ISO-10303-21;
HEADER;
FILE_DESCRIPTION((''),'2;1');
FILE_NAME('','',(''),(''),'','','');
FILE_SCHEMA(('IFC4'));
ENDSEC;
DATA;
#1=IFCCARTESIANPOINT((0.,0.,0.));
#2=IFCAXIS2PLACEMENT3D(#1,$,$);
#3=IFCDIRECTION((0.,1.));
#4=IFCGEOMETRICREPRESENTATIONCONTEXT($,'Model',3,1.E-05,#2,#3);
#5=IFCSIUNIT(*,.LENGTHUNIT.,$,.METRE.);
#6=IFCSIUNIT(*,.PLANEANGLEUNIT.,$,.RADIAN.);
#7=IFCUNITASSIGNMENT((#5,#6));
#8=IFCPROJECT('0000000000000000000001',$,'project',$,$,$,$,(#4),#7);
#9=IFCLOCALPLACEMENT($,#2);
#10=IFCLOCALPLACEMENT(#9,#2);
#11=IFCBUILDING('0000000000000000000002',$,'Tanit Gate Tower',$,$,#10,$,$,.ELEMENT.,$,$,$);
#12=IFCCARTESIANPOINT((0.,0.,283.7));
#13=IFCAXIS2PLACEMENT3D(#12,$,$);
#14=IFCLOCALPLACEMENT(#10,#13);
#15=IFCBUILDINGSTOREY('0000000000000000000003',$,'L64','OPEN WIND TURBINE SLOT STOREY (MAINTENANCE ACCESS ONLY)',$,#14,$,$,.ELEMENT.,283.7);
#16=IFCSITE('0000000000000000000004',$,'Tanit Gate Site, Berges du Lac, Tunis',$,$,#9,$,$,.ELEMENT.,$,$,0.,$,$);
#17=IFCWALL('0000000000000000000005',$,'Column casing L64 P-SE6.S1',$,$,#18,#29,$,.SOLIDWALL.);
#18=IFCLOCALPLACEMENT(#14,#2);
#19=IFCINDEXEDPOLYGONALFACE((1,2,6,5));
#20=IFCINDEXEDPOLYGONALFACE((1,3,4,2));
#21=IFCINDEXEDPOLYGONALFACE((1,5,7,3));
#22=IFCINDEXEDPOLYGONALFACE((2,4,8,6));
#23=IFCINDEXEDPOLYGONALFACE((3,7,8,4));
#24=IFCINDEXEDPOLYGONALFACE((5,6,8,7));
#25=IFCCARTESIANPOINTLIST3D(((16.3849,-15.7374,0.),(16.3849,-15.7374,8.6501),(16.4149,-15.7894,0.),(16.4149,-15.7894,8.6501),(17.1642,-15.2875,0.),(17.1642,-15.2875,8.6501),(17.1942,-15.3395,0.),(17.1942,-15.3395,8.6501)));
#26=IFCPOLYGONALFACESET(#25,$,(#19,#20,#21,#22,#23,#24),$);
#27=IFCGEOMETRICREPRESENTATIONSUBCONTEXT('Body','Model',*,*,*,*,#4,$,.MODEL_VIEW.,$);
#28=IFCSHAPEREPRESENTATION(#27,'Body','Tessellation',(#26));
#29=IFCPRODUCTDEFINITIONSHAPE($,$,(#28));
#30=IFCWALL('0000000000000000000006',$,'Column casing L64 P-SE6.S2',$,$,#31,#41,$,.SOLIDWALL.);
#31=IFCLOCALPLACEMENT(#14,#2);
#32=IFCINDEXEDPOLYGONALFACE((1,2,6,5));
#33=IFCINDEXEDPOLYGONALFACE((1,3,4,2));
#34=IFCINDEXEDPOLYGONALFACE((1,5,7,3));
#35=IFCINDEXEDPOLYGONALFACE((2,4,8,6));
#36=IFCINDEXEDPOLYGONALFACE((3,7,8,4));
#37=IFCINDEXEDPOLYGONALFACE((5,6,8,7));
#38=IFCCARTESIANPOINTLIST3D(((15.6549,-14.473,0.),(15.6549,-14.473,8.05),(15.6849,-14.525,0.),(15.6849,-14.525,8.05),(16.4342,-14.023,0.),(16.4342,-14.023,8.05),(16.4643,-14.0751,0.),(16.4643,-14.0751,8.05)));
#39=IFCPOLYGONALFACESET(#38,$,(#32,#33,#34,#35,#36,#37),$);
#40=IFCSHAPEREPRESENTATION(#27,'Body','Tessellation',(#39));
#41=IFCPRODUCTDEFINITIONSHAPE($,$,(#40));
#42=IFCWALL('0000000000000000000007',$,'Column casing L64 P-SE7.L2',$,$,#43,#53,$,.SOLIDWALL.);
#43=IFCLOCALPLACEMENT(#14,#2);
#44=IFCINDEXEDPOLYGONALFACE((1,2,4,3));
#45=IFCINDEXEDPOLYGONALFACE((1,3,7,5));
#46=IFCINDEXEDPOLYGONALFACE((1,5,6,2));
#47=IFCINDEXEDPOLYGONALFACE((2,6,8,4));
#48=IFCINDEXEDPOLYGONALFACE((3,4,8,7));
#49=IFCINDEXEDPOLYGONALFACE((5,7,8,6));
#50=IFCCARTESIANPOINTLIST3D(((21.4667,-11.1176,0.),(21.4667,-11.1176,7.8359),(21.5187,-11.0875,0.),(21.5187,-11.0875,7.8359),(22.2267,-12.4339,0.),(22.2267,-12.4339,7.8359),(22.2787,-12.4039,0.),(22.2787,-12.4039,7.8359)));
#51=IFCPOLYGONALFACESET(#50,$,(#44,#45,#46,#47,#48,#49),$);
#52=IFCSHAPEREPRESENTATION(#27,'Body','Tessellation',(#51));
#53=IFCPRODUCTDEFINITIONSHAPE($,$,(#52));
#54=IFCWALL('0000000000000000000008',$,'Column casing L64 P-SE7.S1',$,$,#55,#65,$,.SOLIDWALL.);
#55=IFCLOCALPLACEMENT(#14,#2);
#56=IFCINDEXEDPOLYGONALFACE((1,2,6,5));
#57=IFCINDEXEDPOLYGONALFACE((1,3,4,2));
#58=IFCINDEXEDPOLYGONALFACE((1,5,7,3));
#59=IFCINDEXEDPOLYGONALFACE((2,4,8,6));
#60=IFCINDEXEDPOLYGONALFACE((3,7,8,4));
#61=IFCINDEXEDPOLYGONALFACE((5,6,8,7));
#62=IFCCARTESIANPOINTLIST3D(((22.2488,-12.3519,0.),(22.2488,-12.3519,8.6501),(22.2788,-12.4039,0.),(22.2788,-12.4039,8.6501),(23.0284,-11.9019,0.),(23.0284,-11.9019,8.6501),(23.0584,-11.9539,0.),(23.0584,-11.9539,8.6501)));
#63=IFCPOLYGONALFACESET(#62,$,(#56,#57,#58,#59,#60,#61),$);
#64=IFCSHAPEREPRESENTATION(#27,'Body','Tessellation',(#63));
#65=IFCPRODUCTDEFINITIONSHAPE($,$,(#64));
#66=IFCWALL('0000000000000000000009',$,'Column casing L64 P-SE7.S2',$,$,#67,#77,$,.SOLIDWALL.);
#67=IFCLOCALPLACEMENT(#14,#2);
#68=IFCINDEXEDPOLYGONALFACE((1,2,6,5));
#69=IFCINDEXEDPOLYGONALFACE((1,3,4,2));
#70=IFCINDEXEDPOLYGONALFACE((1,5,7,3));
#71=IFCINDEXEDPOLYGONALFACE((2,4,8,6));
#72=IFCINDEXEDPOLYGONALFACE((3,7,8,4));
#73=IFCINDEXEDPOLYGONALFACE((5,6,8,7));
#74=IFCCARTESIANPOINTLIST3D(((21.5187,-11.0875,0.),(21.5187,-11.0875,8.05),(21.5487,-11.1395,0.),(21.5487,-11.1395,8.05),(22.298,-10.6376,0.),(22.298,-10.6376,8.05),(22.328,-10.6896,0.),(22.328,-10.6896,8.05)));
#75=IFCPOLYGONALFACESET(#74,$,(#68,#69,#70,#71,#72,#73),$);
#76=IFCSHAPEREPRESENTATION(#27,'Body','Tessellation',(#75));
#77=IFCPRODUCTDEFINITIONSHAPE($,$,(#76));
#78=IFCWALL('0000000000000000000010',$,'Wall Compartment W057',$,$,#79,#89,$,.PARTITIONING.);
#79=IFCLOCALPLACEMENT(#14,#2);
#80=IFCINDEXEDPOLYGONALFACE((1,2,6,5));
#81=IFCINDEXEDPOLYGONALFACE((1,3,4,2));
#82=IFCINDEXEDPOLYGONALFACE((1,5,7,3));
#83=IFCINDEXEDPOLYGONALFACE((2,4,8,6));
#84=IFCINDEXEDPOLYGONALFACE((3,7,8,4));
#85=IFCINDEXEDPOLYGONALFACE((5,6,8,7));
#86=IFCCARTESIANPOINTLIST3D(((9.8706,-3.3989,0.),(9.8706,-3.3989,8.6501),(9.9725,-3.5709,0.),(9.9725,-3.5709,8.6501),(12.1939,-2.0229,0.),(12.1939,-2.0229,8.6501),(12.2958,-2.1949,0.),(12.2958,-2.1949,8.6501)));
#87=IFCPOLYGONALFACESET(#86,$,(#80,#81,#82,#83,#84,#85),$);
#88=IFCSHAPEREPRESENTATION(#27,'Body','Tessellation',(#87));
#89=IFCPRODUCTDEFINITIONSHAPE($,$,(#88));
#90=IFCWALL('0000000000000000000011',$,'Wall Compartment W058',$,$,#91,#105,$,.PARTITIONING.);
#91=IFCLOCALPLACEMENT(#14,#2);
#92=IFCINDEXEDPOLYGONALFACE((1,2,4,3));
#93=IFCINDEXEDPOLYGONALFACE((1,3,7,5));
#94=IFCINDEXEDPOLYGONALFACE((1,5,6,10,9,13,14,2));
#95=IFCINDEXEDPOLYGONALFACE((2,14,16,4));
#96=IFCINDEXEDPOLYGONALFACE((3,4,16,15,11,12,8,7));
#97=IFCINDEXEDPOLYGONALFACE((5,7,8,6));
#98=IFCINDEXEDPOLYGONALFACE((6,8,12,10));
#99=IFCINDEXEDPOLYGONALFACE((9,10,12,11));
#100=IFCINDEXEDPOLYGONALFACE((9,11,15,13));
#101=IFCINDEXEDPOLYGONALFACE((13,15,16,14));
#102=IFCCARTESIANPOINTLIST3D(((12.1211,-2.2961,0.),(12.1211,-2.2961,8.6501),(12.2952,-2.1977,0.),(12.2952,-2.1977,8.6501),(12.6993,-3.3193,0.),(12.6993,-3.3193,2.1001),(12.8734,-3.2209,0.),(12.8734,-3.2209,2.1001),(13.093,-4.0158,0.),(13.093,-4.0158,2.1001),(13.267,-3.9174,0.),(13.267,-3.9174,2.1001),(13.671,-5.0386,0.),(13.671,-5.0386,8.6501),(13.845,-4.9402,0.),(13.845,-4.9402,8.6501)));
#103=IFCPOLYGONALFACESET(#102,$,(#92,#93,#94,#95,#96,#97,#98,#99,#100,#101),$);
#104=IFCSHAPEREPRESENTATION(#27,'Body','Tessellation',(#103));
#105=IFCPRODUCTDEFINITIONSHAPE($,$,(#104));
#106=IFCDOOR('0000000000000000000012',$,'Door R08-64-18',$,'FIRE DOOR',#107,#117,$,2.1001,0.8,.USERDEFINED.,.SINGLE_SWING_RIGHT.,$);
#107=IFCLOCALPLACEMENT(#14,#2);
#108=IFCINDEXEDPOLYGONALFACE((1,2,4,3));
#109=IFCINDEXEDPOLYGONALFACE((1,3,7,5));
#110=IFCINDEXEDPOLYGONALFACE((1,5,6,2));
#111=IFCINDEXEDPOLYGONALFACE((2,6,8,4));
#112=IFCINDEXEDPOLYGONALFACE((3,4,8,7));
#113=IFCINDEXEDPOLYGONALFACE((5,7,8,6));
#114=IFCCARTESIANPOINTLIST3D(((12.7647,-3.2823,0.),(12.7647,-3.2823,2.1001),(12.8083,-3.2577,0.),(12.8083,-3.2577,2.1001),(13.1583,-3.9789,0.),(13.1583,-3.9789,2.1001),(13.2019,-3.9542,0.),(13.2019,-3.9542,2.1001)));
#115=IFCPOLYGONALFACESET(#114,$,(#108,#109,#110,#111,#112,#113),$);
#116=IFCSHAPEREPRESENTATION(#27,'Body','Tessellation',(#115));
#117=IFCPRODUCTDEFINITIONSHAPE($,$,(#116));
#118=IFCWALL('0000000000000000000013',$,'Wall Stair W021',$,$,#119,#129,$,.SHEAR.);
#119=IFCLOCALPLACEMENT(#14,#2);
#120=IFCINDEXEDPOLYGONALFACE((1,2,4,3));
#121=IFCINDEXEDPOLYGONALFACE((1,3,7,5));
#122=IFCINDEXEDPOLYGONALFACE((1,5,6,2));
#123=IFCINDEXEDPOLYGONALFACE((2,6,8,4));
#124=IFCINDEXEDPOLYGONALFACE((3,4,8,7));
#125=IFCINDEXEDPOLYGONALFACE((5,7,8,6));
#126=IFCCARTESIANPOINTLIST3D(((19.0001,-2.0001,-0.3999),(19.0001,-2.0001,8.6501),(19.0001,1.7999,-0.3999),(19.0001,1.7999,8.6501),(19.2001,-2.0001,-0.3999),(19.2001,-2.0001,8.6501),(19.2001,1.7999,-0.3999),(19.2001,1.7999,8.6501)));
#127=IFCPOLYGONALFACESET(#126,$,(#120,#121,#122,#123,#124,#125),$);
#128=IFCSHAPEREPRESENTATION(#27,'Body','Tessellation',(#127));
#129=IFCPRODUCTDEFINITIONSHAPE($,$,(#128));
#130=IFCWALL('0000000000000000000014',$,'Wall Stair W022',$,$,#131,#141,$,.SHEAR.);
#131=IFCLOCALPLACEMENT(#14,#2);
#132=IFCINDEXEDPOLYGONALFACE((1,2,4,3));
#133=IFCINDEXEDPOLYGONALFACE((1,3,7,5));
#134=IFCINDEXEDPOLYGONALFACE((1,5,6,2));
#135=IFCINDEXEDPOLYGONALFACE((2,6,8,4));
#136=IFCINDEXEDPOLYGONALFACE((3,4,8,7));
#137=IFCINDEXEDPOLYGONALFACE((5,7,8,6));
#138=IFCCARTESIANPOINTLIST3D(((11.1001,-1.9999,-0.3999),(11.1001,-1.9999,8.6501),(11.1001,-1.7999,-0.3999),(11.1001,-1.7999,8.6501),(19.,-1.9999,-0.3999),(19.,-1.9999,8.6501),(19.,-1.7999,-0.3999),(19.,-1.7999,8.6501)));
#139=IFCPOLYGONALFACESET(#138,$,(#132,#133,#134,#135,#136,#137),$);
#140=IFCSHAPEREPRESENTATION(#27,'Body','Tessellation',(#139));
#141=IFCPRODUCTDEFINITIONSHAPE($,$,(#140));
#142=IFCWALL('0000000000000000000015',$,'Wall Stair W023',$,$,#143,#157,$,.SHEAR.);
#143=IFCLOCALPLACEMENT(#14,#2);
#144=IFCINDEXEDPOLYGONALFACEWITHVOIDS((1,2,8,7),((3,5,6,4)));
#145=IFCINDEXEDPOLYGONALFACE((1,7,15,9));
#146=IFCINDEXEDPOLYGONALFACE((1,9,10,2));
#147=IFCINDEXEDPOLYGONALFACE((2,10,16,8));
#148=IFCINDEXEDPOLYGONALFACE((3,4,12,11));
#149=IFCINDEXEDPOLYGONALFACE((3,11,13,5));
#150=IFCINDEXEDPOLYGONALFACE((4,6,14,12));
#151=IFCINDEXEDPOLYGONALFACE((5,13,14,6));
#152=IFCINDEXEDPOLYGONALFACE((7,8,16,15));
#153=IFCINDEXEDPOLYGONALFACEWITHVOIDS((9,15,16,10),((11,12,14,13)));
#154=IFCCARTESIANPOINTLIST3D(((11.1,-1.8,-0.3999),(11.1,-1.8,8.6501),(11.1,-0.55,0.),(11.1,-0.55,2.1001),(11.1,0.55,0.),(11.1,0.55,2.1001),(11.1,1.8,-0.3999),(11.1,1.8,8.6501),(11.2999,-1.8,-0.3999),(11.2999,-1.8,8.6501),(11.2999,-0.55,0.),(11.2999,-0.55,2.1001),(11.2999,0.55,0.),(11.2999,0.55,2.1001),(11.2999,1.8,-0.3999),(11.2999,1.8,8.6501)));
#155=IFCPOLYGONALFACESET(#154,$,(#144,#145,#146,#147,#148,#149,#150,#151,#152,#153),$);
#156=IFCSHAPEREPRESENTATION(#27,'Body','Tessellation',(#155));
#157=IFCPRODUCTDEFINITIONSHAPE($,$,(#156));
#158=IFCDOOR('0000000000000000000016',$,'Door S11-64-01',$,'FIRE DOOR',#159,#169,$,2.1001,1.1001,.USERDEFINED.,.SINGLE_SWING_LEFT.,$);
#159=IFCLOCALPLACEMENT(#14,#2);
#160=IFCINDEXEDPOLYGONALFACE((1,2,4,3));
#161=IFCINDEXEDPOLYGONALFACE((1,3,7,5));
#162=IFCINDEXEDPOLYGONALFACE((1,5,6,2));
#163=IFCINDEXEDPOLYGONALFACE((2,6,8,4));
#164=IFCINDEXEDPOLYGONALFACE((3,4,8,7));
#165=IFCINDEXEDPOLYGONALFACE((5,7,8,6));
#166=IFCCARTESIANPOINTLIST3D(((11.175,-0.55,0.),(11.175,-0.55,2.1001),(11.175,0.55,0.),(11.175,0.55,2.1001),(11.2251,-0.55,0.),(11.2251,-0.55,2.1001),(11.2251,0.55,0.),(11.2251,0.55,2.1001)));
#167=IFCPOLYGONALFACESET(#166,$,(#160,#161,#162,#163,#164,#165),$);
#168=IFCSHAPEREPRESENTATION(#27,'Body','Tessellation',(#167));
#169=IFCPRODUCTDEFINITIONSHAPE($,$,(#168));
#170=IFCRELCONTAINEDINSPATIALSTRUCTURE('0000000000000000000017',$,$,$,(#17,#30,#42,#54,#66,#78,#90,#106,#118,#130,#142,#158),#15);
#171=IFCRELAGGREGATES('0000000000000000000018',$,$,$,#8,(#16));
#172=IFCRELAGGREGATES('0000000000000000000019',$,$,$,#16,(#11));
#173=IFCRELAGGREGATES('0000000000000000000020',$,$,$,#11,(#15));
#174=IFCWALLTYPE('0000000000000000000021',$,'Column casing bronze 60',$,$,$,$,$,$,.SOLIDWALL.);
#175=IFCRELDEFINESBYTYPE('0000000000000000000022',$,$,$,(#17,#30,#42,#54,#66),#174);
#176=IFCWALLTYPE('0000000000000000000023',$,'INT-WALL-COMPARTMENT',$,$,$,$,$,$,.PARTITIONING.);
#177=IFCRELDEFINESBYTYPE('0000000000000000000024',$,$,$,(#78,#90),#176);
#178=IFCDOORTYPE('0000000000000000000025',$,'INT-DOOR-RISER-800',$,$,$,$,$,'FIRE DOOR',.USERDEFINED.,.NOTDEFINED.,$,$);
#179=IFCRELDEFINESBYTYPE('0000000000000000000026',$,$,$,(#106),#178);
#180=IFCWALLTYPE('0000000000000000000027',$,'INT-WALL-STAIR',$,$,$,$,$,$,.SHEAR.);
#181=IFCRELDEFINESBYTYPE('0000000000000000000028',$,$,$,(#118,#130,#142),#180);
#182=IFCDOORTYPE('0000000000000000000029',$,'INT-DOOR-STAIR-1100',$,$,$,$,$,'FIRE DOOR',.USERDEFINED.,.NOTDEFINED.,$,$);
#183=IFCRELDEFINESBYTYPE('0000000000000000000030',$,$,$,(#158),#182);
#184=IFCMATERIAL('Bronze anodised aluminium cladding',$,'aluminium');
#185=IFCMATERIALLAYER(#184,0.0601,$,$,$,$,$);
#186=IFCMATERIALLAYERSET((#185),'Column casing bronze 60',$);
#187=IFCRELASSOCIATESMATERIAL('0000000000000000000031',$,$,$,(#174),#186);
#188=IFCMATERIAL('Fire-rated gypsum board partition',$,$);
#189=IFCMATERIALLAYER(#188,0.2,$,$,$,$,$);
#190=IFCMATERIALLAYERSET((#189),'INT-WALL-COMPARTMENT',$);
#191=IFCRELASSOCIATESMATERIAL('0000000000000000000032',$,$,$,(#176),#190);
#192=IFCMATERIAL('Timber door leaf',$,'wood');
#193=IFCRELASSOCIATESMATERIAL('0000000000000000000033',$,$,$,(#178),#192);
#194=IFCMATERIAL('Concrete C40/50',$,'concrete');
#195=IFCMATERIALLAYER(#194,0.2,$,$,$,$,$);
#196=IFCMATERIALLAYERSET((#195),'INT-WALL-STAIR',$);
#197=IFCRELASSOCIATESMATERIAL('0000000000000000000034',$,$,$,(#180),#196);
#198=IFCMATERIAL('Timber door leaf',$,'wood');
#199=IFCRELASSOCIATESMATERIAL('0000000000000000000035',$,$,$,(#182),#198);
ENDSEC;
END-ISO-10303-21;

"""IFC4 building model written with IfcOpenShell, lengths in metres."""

from ifc_helpers import new_model, si_unit, direction, frame, frame_2d, origin, place, context, subcontext, project, spatial, rectangle, extrude, material, layer, layer_set, type_object, element, fill, save


model = new_model("IFC4")

# Units and contexts
model_context = context("Model", 3, precision=1e-05, world=origin(), true_north=direction((0.0, 1.0)))
body_context = subcontext(model_context, "Body", "Model", "MODEL_VIEW")
ifc_project = project(units=[si_unit("LENGTHUNIT", "METRE"), si_unit("PLANEANGLEUNIT", "RADIAN")], contexts=[model_context])

# Site, building, storey
site_placement = place(None, origin())
site = spatial("IfcSite", under=ifc_project, at=site_placement, Name="Tanit Gate Site, Berges du Lac, Tunis", CompositionType="ELEMENT", RefElevation=0.0)
building_placement = place(site_placement, origin())
building = spatial("IfcBuilding", under=site, at=building_placement, Name="Tanit Gate Tower", CompositionType="ELEMENT")
storey_placement = place(building_placement, frame((0.0, 0.0, 283.7)))
storey = spatial("IfcBuildingStorey", under=building, at=storey_placement, Name="L64", Description="OPEN WIND TURBINE SLOT STOREY (MAINTENANCE ACCESS ONLY)", CompositionType="ELEMENT", Elevation=283.7)

# Walls
ifc_material_1 = material(Name="Bronze anodised aluminium cladding", Category="aluminium")
ifc_layer_1 = layer(ifc_material_1, 0.0601)
ifc_layer_set_1 = layer_set([ifc_layer_1], Name="Column casing bronze 60")
wall_type_1 = type_object("IfcWallType", Name="Column casing bronze 60", PredefinedType="SOLIDWALL", material=ifc_layer_set_1)
wall_1_placement = place(storey_placement, frame((16.3999, -15.7634, 0.0), z_axis=(0.0, 0.0, 1.0), x_axis=(0.866014, 0.50002, 0.0)))
element("IfcWall", 1, at=wall_1_placement, inside=storey, type_object=wall_type_1, Name="Column casing L64 P-SE6.S1", PredefinedType="SOLIDWALL", context=body_context, shape_type="SweptSolid", body=[
    extrude(rectangle(XDim=0.8999, YDim=0.0601, at=frame_2d((0.45, 0.0))), origin(), (0.0, 0.0, 1.0), 8.6501),
])
wall_2_placement = place(storey_placement, frame((15.6699, -14.499, 0.0), z_axis=(0.0, 0.0, 1.0), x_axis=(0.866014, 0.50002, 0.0)))
element("IfcWall", 2, at=wall_2_placement, inside=storey, type_object=wall_type_1, Name="Column casing L64 P-SE6.S2", PredefinedType="SOLIDWALL", context=body_context, shape_type="SweptSolid", body=[
    extrude(rectangle(XDim=0.8999, YDim=0.0601, at=frame_2d((0.45, 0.0))), origin(), (0.0, 0.0, 1.0), 8.05),
])
wall_3_placement = place(storey_placement, frame((21.4927, -11.1025, 0.0), z_axis=(0.0, 0.0, 1.0), x_axis=(0.499991, -0.86603, 0.0)))
element("IfcWall", 3, at=wall_3_placement, inside=storey, type_object=wall_type_1, Name="Column casing L64 P-SE7.L2", PredefinedType="SOLIDWALL", context=body_context, shape_type="SweptSolid", body=[
    extrude(rectangle(XDim=1.52, YDim=0.0601, at=frame_2d((0.76, 0.0))), origin(), (0.0, 0.0, 1.0), 7.8359),
])
wall_4_placement = place(storey_placement, frame((22.2637, -12.3779, 0.0), z_axis=(0.0, 0.0, 1.0), x_axis=(0.866082, 0.499902, 0.0)))
element("IfcWall", 4, at=wall_4_placement, inside=storey, type_object=wall_type_1, Name="Column casing L64 P-SE7.S1", PredefinedType="SOLIDWALL", context=body_context, shape_type="SweptSolid", body=[
    extrude(rectangle(XDim=0.9001, YDim=0.0601, at=frame_2d((0.4502, 0.0))), origin(), (0.0, 0.0, 1.0), 8.6501),
])
wall_5_placement = place(storey_placement, frame((21.5337, -11.1135, 0.0), z_axis=(0.0, 0.0, 1.0), x_axis=(0.866014, 0.50002, 0.0)))
element("IfcWall", 5, at=wall_5_placement, inside=storey, type_object=wall_type_1, Name="Column casing L64 P-SE7.S2", PredefinedType="SOLIDWALL", context=body_context, shape_type="SweptSolid", body=[
    extrude(rectangle(XDim=0.8999, YDim=0.0601, at=frame_2d((0.45, 0.0))), origin(), (0.0, 0.0, 1.0), 8.05),
])
ifc_material_2 = material(Name="Fire-rated gypsum board partition")
ifc_layer_2 = layer(ifc_material_2, 0.2)
ifc_layer_set_2 = layer_set([ifc_layer_2], Name="INT-WALL-COMPARTMENT")
wall_type_2 = type_object("IfcWallType", Name="INT-WALL-COMPARTMENT", PredefinedType="PARTITIONING", material=ifc_layer_set_2)
wall_6_placement = place(storey_placement, frame((12.2449, -2.1089, 0.0), z_axis=(0.0, 0.0, 1.0), x_axis=(-0.860415, -0.509594, 0.0)))
element("IfcWall", 6, at=wall_6_placement, inside=storey, type_object=wall_type_2, Name="Wall Compartment W057", PredefinedType="PARTITIONING", context=body_context, shape_type="SweptSolid", body=[
    extrude(rectangle(XDim=2.7002, YDim=0.2, at=frame_2d((1.3501, 0.0))), origin(), (0.0, 0.0, 1.0), 8.6501),
])

# Wall, opening, door
wall_7_placement = place(storey_placement, frame((13.7581, -4.9895, 0.0), z_axis=(0.0, 0.0, 1.0), x_axis=(-0.491993, 0.870599, 0.0)))
wall_7 = element("IfcWall", 7, at=wall_7_placement, inside=storey, type_object=wall_type_2, Name="Wall Compartment W058", PredefinedType="PARTITIONING", context=body_context, shape_type="SweptSolid", body=[
    extrude(rectangle(XDim=3.1501, YDim=0.2, at=frame_2d((1.5752, 0.0))), origin(), (0.0, 0.0, 1.0), 8.6501),
])
opening_1_placement = place(wall_7_placement, frame((1.175, 0.0, 0.0)))
opening_1 = element("IfcOpeningElement", 8, at=opening_1_placement, cuts=wall_7, PredefinedType="OPENING", context=body_context, shape_type="SweptSolid", body=[
    extrude(rectangle(XDim=0.8, YDim=2.1001, at=frame_2d((0.3999, 1.05))), frame((0.0, 0.1099, 0.0), z_axis=(0.0, -1.0, 0.0), x_axis=(1.0, 0.0, 0.0)), (0.0, 0.0, 1.0), 0.22),
])
ifc_material_3 = material(Name="Timber door leaf", Category="wood")
door_type_1 = type_object("IfcDoorType", Name="INT-DOOR-RISER-800", ElementType="FIRE DOOR", OperationType="NOTDEFINED", PredefinedType="USERDEFINED", material=ifc_material_3)
door_1_placement = place(opening_1_placement, origin())
door_1 = element("IfcDoor", 9, at=door_1_placement, inside=storey, type_object=door_type_1, Name="Door R08-64-18", ObjectType="FIRE DOOR", OperationType="SINGLE_SWING_RIGHT", OverallHeight=2.1001, OverallWidth=0.8, PredefinedType="USERDEFINED", context=body_context, shape_type="SweptSolid", body=[
    extrude(rectangle(XDim=0.8, YDim=2.1001, at=frame_2d((0.3999, 1.05))), frame((0.0, 0.0249, 0.0), z_axis=(0.0, -1.0, 0.0), x_axis=(1.0, 0.0, 0.0)), (0.0, 0.0, 1.0), 0.05),
])
fill(opening_1, door_1)

# Walls
ifc_material_4 = material(Name="Concrete C40/50", Category="concrete")
ifc_layer_3 = layer(ifc_material_4, 0.2)
ifc_layer_set_3 = layer_set([ifc_layer_3], Name="INT-WALL-STAIR")
wall_type_3 = type_object("IfcWallType", Name="INT-WALL-STAIR", PredefinedType="SHEAR", material=ifc_layer_set_3)
wall_8_placement = place(storey_placement, frame((19.1001, -2.0, -0.3999), z_axis=(0.0, 0.0, 1.0), x_axis=(0.0, 1.0, 0.0)))
element("IfcWall", 10, at=wall_8_placement, inside=storey, type_object=wall_type_3, Name="Wall Stair W021", PredefinedType="SHEAR", context=body_context, shape_type="SweptSolid", body=[
    extrude(rectangle(XDim=3.8, YDim=0.2, at=frame_2d((1.8999, 0.0))), origin(), (0.0, 0.0, 1.0), 9.05),
])
wall_9_placement = place(storey_placement, frame((11.1001, -1.8999, -0.3999), z_axis=(0.0, 0.0, 1.0), x_axis=(1.0, 0.0, 0.0)))
element("IfcWall", 11, at=wall_9_placement, inside=storey, type_object=wall_type_3, Name="Wall Stair W022", PredefinedType="SHEAR", context=body_context, shape_type="SweptSolid", body=[
    extrude(rectangle(XDim=7.8999, YDim=0.2, at=frame_2d((3.95, 0.0))), origin(), (0.0, 0.0, 1.0), 9.05),
])

# Wall, opening, door
wall_10_placement = place(storey_placement, frame((11.2, -1.8, -0.3999), z_axis=(0.0, 0.0, 1.0), x_axis=(0.0, 1.0, 0.0)))
wall_10 = element("IfcWall", 12, at=wall_10_placement, inside=storey, type_object=wall_type_3, Name="Wall Stair W023", PredefinedType="SHEAR", context=body_context, shape_type="SweptSolid", body=[
    extrude(rectangle(XDim=3.6001, YDim=0.2, at=frame_2d((1.8, 0.0))), origin(), (0.0, 0.0, 1.0), 9.05),
])
opening_2_placement = place(wall_10_placement, frame((1.25, 0.0, 0.3999)))
opening_2 = element("IfcOpeningElement", 13, at=opening_2_placement, cuts=wall_10, PredefinedType="OPENING", context=body_context, shape_type="SweptSolid", body=[
    extrude(rectangle(XDim=1.1001, YDim=2.1001, at=frame_2d((0.55, 1.05))), frame((0.0, 0.1099, 0.0), z_axis=(0.0, -1.0, 0.0), x_axis=(1.0, 0.0, 0.0)), (0.0, 0.0, 1.0), 0.22),
])
ifc_material_5 = material(Name="Timber door leaf", Category="wood")
door_type_2 = type_object("IfcDoorType", Name="INT-DOOR-STAIR-1100", ElementType="FIRE DOOR", OperationType="NOTDEFINED", PredefinedType="USERDEFINED", material=ifc_material_5)
door_2_placement = place(opening_2_placement, origin())
door_2 = element("IfcDoor", 14, at=door_2_placement, inside=storey, type_object=door_type_2, Name="Door S11-64-01", ObjectType="FIRE DOOR", OperationType="SINGLE_SWING_LEFT", OverallHeight=2.1001, OverallWidth=1.1001, PredefinedType="USERDEFINED", context=body_context, shape_type="SweptSolid", body=[
    extrude(rectangle(XDim=1.1001, YDim=2.1001, at=frame_2d((0.55, 1.05))), frame((0.0, 0.0249, 0.0), z_axis=(0.0, -1.0, 0.0), x_axis=(1.0, 0.0, 0.0)), (0.0, 0.0, 1.0), 0.05),
])
fill(opening_2, door_2)

save(model, "model.ifc")
